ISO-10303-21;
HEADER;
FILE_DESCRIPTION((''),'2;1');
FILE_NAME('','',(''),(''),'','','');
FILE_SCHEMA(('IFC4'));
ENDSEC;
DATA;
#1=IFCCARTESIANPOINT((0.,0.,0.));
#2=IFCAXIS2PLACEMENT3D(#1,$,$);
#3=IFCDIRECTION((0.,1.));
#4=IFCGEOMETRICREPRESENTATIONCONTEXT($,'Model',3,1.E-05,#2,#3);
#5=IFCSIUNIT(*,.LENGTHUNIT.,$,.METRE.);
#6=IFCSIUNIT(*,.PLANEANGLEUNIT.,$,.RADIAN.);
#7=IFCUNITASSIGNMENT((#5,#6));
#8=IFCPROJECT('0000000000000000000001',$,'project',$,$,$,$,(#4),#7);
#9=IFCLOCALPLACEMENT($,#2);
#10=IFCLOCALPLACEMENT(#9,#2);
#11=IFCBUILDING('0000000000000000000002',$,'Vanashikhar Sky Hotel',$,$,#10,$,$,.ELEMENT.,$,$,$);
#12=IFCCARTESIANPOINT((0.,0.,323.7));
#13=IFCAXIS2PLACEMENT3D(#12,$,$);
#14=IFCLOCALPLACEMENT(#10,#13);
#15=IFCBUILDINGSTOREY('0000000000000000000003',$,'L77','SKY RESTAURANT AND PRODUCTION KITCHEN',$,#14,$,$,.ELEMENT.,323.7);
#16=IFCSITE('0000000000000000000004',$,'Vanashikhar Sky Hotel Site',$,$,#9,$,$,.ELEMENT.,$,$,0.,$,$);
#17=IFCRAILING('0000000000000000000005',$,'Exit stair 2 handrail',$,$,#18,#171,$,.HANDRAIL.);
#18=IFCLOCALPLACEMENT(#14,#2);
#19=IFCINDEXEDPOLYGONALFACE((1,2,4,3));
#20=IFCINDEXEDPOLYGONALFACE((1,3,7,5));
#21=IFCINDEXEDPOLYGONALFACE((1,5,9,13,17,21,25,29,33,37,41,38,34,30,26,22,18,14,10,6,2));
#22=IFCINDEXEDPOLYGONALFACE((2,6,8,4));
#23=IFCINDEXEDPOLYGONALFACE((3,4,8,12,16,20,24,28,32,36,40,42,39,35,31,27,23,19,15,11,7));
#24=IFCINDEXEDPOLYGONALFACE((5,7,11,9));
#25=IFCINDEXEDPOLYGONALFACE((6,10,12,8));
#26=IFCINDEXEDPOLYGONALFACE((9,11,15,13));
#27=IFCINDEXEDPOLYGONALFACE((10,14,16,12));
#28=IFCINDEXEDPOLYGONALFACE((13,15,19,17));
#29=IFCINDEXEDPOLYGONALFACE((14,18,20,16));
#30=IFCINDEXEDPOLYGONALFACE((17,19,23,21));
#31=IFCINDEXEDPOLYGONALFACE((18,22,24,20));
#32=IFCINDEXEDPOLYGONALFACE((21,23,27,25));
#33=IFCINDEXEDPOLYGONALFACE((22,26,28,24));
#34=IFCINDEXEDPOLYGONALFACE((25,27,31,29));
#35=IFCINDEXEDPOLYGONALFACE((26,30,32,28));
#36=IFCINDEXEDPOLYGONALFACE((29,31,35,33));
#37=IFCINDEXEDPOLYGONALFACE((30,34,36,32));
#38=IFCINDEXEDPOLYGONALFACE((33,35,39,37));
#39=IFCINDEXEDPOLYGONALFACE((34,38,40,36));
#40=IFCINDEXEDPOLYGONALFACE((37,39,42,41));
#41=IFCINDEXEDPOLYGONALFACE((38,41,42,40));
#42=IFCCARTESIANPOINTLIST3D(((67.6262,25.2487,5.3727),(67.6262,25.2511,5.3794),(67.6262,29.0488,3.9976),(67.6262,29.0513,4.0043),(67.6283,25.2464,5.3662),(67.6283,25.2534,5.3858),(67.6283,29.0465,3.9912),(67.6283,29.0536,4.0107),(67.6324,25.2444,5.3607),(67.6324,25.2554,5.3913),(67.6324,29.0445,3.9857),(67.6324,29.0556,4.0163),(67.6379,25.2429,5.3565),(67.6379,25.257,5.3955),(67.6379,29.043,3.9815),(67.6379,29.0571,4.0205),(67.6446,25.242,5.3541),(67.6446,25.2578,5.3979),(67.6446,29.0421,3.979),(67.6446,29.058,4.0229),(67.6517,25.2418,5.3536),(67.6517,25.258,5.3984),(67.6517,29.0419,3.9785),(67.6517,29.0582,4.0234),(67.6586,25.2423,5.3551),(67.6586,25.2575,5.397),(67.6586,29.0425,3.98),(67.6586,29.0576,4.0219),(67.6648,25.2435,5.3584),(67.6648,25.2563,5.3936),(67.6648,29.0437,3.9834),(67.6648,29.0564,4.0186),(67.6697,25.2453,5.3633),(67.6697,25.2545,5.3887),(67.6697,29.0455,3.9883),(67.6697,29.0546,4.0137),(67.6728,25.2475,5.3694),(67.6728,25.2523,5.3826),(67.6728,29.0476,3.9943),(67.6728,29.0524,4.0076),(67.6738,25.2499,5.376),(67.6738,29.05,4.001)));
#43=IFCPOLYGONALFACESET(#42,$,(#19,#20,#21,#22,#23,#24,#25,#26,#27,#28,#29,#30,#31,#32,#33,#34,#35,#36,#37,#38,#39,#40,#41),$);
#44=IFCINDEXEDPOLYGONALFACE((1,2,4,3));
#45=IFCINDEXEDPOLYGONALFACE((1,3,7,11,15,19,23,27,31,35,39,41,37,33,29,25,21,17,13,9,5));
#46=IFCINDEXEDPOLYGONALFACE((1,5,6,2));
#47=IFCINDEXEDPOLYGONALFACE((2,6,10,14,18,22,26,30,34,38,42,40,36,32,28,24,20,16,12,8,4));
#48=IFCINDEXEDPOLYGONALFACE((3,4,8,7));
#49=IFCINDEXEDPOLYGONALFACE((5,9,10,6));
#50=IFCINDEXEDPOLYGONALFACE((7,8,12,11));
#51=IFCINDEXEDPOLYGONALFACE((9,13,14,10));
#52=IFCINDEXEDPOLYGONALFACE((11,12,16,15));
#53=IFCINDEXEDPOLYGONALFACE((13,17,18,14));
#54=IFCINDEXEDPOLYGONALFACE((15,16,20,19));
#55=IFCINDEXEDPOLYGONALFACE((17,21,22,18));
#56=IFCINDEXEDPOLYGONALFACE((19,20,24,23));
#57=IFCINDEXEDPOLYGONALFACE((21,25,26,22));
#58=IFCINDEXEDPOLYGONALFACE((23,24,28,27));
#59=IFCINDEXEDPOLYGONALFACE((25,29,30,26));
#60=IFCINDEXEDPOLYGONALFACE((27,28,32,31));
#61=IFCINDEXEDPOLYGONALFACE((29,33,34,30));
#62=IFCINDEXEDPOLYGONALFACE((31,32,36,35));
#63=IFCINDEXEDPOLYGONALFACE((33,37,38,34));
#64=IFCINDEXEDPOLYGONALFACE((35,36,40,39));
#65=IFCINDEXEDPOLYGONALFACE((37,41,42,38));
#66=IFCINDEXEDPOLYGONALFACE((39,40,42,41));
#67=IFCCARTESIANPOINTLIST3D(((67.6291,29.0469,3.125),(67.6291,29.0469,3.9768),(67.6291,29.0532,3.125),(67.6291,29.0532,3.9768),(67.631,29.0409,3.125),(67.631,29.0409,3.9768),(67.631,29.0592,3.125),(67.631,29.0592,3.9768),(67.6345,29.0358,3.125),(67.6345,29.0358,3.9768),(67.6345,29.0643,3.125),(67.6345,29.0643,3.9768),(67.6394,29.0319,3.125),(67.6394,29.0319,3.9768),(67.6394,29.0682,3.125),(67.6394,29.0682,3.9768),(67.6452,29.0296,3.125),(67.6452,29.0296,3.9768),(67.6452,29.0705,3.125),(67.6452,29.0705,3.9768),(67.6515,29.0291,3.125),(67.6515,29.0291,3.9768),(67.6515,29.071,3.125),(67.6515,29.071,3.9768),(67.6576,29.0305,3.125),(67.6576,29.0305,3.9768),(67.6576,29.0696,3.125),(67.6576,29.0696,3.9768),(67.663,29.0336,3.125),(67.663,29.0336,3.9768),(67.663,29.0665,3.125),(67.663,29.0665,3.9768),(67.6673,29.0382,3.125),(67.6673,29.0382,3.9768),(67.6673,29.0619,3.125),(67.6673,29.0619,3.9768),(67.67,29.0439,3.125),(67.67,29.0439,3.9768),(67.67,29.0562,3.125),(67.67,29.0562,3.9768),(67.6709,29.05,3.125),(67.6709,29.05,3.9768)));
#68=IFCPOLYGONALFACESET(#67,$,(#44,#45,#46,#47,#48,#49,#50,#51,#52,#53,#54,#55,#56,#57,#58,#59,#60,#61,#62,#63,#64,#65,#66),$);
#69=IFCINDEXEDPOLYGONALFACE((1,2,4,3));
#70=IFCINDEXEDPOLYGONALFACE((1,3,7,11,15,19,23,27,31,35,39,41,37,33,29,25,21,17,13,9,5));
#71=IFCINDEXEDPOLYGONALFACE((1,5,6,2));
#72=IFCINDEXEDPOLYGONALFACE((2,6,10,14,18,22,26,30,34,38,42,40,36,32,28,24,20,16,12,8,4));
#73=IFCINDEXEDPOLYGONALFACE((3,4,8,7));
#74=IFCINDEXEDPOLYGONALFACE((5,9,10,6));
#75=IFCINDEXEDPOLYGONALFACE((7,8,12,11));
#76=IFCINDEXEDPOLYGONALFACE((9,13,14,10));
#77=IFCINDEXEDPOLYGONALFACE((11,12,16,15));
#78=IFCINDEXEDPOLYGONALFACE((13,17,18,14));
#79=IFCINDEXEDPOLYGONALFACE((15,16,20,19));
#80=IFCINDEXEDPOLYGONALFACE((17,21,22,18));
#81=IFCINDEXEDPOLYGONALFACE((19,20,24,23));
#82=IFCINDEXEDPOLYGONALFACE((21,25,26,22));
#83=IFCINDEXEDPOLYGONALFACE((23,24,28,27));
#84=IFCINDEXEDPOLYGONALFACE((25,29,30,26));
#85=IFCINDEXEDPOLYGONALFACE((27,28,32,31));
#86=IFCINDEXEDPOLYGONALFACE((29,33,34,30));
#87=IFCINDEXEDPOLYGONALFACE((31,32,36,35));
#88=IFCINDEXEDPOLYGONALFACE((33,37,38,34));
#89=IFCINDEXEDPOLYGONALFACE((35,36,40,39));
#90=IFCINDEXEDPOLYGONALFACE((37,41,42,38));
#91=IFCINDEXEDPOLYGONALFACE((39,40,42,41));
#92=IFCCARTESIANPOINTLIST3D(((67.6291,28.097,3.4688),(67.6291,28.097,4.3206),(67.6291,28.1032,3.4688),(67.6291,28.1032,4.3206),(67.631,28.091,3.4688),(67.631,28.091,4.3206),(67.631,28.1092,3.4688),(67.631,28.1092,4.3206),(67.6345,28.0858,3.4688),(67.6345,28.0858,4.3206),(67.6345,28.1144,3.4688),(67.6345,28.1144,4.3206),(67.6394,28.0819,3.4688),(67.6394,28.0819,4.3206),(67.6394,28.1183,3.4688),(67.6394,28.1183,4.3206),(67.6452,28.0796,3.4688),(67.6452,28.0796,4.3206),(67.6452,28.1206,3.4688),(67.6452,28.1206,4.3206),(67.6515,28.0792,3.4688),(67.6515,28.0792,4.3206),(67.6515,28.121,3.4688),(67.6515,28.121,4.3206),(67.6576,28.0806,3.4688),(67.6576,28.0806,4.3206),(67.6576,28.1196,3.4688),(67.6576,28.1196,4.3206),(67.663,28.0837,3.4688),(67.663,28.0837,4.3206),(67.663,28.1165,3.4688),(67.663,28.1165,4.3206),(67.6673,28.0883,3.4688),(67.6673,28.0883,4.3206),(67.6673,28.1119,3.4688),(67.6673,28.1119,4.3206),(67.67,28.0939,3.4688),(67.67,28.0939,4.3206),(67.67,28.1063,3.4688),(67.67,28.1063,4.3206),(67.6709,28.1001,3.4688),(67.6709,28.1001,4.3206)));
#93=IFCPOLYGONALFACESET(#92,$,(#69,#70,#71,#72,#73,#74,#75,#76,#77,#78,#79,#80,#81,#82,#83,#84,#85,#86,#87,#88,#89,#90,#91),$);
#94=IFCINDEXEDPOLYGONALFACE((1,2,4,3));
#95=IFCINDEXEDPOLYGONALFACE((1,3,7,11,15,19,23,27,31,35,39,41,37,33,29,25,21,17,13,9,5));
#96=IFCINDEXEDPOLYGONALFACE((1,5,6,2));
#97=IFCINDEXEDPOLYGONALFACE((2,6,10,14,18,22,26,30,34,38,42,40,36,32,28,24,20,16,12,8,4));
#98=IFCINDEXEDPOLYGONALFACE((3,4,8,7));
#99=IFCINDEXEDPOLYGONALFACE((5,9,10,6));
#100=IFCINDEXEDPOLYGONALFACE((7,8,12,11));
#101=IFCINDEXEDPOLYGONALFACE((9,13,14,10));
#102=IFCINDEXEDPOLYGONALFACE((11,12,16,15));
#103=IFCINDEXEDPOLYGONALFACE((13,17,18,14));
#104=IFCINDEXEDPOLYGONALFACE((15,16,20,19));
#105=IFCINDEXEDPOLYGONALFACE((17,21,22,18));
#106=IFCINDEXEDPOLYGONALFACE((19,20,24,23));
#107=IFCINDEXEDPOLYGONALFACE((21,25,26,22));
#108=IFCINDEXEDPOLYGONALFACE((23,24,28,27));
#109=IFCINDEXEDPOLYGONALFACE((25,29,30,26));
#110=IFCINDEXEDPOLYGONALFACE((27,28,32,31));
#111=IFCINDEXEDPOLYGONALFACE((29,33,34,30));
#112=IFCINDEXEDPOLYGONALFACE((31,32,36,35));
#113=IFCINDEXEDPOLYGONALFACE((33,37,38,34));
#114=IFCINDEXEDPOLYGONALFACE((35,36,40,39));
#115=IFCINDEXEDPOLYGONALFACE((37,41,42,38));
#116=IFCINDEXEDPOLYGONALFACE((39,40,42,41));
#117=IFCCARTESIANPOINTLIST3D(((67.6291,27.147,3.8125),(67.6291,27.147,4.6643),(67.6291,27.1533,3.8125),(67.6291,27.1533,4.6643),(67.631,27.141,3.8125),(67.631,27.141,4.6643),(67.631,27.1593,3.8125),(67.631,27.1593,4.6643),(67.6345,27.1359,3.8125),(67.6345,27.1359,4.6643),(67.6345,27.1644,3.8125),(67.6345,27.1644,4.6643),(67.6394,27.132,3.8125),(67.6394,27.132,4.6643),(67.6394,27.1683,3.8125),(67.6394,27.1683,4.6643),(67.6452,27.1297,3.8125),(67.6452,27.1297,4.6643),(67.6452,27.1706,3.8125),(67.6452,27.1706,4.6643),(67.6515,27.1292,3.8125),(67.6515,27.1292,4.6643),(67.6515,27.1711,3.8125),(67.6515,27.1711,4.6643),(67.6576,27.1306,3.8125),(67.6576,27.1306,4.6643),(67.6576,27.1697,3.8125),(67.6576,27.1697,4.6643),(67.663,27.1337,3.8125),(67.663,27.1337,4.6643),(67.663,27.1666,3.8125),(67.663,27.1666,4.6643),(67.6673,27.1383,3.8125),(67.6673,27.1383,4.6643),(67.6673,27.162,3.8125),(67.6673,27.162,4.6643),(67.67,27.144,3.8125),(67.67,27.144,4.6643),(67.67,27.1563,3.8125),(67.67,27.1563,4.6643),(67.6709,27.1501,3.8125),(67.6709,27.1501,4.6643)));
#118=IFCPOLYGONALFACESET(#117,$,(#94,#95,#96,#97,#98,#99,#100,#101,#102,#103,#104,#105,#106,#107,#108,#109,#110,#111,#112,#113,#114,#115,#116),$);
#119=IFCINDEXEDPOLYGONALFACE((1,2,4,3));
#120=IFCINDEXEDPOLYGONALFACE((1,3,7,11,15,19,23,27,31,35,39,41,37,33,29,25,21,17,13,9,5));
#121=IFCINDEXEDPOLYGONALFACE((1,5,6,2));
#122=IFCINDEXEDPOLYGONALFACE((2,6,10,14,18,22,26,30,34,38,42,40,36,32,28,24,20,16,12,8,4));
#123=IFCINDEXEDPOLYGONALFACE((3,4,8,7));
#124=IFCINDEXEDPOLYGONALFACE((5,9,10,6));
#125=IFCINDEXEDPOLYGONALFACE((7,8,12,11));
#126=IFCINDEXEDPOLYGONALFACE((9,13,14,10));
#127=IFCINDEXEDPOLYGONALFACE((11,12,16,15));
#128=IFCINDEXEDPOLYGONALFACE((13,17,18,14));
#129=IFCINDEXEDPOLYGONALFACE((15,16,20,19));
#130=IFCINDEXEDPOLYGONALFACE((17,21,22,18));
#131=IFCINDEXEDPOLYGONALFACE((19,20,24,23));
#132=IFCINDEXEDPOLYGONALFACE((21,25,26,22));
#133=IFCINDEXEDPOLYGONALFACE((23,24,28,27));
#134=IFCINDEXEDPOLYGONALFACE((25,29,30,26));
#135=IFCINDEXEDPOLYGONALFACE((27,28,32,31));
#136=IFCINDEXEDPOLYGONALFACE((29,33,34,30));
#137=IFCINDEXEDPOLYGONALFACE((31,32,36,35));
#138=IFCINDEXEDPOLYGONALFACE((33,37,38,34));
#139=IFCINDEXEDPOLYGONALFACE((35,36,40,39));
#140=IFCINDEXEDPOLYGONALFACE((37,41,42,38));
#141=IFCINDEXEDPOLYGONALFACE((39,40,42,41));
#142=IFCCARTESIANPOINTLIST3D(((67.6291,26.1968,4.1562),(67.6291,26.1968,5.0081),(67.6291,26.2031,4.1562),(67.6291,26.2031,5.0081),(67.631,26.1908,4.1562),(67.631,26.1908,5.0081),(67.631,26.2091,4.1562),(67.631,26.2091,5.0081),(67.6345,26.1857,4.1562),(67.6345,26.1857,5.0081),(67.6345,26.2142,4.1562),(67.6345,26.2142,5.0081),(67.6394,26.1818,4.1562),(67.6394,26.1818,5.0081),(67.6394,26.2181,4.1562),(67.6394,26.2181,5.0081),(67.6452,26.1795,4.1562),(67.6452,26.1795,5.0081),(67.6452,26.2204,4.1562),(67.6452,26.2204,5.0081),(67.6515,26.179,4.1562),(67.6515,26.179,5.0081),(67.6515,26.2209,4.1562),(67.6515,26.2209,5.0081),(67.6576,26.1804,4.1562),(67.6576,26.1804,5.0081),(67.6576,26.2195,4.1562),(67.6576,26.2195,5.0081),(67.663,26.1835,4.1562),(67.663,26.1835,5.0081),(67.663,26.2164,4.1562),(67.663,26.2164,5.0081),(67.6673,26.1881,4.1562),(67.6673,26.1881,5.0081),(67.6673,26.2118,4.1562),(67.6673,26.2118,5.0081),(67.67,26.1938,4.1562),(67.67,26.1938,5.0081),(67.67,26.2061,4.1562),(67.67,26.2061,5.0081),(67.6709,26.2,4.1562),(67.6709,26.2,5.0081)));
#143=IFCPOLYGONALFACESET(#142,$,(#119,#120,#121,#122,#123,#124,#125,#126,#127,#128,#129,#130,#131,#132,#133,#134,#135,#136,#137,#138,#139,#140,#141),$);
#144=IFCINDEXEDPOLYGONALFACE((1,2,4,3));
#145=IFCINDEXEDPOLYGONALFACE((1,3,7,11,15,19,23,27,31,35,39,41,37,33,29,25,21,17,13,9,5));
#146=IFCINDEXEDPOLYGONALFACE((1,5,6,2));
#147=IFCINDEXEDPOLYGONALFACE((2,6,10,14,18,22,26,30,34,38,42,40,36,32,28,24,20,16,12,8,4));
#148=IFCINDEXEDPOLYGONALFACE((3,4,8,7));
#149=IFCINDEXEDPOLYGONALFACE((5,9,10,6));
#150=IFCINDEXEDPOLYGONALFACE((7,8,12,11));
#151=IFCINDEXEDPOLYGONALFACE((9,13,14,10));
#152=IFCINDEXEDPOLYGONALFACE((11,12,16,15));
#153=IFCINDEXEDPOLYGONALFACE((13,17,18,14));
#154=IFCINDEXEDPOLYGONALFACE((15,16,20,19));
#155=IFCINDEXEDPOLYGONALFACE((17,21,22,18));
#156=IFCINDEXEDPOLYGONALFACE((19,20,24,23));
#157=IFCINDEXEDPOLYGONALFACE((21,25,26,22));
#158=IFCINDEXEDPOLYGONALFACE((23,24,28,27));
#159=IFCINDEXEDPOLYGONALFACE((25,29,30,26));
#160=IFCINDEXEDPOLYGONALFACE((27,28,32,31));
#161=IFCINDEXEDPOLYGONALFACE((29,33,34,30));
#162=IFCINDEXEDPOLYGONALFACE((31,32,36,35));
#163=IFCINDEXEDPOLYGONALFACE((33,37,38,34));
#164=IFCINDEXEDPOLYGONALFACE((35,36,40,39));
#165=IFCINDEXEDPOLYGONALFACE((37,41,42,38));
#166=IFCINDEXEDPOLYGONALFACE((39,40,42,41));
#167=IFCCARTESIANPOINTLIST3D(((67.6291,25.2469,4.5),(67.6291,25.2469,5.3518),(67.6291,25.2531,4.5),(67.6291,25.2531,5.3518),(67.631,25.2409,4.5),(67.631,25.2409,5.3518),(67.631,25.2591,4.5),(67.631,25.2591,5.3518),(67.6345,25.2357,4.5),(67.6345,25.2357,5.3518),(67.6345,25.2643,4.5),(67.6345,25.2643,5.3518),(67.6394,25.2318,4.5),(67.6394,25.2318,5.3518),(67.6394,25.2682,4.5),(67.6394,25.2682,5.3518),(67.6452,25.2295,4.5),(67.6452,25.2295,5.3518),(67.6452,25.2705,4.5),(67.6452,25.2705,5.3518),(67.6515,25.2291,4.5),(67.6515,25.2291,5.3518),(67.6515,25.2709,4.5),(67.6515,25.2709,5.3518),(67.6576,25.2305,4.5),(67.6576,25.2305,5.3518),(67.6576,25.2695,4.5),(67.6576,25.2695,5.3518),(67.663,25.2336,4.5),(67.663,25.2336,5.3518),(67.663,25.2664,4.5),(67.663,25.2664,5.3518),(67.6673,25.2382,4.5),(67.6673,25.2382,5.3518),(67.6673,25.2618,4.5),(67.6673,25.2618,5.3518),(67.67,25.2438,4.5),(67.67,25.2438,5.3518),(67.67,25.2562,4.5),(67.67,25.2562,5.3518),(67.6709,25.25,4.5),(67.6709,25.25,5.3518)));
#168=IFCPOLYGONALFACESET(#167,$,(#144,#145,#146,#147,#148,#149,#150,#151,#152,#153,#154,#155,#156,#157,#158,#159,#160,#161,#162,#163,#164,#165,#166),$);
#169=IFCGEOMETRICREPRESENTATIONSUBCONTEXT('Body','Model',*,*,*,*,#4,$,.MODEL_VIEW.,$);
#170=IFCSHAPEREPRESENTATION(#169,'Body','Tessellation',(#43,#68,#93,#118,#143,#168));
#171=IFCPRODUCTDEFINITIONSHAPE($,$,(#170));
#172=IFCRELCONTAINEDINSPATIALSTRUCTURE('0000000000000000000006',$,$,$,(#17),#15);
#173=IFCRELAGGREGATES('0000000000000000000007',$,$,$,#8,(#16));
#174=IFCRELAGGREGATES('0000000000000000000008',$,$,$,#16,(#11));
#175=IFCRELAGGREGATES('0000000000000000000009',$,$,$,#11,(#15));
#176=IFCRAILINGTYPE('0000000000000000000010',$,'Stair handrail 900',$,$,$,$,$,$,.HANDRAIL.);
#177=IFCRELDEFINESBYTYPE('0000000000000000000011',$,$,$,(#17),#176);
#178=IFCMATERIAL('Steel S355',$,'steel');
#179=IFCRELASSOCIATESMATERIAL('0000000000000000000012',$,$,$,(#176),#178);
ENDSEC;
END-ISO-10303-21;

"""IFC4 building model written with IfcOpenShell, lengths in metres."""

from ifc_helpers import new_model, si_unit, direction, frame, origin, origin_2d, place, context, subcontext, project, spatial, circle, extrude, source, transform, mapped, material, type_object, element, save


model = new_model("IFC4")

# Units and contexts
model_context = context("Model", 3, precision=1e-05, world=origin(), true_north=direction((0.0, 1.0)))
body_context = subcontext(model_context, "Body", "Model", "MODEL_VIEW")
ifc_project = project(units=[si_unit("LENGTHUNIT", "METRE"), si_unit("PLANEANGLEUNIT", "RADIAN")], contexts=[model_context])

# Site, building, storey
site_placement = place(None, origin())
site = spatial("IfcSite", under=ifc_project, at=site_placement, Name="Vanashikhar Sky Hotel Site", CompositionType="ELEMENT", RefElevation=0.0)
building_placement = place(site_placement, origin())
building = spatial("IfcBuilding", under=site, at=building_placement, Name="Vanashikhar Sky Hotel", CompositionType="ELEMENT")
storey_placement = place(building_placement, frame((0.0, 0.0, 323.7)))
storey = spatial("IfcBuildingStorey", under=building, at=storey_placement, Name="L77", Description="SKY RESTAURANT AND PRODUCTION KITCHEN", CompositionType="ELEMENT", Elevation=323.7)

# Railing
ifc_material_1 = material(Name="Steel S355", Category="steel")
railing_type = type_object("IfcRailingType", Name="Stair handrail 900", PredefinedType="HANDRAIL", material=ifc_material_1)
shared_shape_1 = source(origin(), body_context, "Body", "SweptSolid", [
    extrude(circle(Radius=0.0239, at=origin_2d()), frame((0.0, 0.0, 0.876), z_axis=(0.0, -0.940336, 0.340249), x_axis=(1.0, 0.0, 0.0)), (0.0, 0.0, 1.0), 4.0413),
    extrude(circle(Radius=0.021, at=origin_2d()), origin(), (0.0, 0.0, 1.0), 0.8518),
    extrude(circle(Radius=0.021, at=origin_2d()), frame((0.0, -0.95, 0.3438)), (0.0, 0.0, 1.0), 0.8518),
    extrude(circle(Radius=0.021, at=origin_2d()), frame((0.0, -1.8999, 0.6875)), (0.0, 0.0, 1.0), 0.8518),
    extrude(circle(Radius=0.021, at=origin_2d()), frame((0.0, -2.8501, 1.0312)), (0.0, 0.0, 1.0), 0.8518),
    extrude(circle(Radius=0.021, at=origin_2d()), frame((0.0, -3.8, 1.375)), (0.0, 0.0, 1.0), 0.8518),
])
for number, where, name in (
    (1, (67.6499, 29.05, 3.125), "Exit stair 2 handrail"),
):
    element("IfcRailing", number, at=place(storey_placement, frame(where)), inside=storey, type_object=railing_type, Name=name, PredefinedType="HANDRAIL", context=body_context, shape_type="MappedRepresentation", body=[
        mapped(shared_shape_1, transform((0.0, 0.0, 0.0), scale=1.0)),
    ])

save(model, "model.ifc")
